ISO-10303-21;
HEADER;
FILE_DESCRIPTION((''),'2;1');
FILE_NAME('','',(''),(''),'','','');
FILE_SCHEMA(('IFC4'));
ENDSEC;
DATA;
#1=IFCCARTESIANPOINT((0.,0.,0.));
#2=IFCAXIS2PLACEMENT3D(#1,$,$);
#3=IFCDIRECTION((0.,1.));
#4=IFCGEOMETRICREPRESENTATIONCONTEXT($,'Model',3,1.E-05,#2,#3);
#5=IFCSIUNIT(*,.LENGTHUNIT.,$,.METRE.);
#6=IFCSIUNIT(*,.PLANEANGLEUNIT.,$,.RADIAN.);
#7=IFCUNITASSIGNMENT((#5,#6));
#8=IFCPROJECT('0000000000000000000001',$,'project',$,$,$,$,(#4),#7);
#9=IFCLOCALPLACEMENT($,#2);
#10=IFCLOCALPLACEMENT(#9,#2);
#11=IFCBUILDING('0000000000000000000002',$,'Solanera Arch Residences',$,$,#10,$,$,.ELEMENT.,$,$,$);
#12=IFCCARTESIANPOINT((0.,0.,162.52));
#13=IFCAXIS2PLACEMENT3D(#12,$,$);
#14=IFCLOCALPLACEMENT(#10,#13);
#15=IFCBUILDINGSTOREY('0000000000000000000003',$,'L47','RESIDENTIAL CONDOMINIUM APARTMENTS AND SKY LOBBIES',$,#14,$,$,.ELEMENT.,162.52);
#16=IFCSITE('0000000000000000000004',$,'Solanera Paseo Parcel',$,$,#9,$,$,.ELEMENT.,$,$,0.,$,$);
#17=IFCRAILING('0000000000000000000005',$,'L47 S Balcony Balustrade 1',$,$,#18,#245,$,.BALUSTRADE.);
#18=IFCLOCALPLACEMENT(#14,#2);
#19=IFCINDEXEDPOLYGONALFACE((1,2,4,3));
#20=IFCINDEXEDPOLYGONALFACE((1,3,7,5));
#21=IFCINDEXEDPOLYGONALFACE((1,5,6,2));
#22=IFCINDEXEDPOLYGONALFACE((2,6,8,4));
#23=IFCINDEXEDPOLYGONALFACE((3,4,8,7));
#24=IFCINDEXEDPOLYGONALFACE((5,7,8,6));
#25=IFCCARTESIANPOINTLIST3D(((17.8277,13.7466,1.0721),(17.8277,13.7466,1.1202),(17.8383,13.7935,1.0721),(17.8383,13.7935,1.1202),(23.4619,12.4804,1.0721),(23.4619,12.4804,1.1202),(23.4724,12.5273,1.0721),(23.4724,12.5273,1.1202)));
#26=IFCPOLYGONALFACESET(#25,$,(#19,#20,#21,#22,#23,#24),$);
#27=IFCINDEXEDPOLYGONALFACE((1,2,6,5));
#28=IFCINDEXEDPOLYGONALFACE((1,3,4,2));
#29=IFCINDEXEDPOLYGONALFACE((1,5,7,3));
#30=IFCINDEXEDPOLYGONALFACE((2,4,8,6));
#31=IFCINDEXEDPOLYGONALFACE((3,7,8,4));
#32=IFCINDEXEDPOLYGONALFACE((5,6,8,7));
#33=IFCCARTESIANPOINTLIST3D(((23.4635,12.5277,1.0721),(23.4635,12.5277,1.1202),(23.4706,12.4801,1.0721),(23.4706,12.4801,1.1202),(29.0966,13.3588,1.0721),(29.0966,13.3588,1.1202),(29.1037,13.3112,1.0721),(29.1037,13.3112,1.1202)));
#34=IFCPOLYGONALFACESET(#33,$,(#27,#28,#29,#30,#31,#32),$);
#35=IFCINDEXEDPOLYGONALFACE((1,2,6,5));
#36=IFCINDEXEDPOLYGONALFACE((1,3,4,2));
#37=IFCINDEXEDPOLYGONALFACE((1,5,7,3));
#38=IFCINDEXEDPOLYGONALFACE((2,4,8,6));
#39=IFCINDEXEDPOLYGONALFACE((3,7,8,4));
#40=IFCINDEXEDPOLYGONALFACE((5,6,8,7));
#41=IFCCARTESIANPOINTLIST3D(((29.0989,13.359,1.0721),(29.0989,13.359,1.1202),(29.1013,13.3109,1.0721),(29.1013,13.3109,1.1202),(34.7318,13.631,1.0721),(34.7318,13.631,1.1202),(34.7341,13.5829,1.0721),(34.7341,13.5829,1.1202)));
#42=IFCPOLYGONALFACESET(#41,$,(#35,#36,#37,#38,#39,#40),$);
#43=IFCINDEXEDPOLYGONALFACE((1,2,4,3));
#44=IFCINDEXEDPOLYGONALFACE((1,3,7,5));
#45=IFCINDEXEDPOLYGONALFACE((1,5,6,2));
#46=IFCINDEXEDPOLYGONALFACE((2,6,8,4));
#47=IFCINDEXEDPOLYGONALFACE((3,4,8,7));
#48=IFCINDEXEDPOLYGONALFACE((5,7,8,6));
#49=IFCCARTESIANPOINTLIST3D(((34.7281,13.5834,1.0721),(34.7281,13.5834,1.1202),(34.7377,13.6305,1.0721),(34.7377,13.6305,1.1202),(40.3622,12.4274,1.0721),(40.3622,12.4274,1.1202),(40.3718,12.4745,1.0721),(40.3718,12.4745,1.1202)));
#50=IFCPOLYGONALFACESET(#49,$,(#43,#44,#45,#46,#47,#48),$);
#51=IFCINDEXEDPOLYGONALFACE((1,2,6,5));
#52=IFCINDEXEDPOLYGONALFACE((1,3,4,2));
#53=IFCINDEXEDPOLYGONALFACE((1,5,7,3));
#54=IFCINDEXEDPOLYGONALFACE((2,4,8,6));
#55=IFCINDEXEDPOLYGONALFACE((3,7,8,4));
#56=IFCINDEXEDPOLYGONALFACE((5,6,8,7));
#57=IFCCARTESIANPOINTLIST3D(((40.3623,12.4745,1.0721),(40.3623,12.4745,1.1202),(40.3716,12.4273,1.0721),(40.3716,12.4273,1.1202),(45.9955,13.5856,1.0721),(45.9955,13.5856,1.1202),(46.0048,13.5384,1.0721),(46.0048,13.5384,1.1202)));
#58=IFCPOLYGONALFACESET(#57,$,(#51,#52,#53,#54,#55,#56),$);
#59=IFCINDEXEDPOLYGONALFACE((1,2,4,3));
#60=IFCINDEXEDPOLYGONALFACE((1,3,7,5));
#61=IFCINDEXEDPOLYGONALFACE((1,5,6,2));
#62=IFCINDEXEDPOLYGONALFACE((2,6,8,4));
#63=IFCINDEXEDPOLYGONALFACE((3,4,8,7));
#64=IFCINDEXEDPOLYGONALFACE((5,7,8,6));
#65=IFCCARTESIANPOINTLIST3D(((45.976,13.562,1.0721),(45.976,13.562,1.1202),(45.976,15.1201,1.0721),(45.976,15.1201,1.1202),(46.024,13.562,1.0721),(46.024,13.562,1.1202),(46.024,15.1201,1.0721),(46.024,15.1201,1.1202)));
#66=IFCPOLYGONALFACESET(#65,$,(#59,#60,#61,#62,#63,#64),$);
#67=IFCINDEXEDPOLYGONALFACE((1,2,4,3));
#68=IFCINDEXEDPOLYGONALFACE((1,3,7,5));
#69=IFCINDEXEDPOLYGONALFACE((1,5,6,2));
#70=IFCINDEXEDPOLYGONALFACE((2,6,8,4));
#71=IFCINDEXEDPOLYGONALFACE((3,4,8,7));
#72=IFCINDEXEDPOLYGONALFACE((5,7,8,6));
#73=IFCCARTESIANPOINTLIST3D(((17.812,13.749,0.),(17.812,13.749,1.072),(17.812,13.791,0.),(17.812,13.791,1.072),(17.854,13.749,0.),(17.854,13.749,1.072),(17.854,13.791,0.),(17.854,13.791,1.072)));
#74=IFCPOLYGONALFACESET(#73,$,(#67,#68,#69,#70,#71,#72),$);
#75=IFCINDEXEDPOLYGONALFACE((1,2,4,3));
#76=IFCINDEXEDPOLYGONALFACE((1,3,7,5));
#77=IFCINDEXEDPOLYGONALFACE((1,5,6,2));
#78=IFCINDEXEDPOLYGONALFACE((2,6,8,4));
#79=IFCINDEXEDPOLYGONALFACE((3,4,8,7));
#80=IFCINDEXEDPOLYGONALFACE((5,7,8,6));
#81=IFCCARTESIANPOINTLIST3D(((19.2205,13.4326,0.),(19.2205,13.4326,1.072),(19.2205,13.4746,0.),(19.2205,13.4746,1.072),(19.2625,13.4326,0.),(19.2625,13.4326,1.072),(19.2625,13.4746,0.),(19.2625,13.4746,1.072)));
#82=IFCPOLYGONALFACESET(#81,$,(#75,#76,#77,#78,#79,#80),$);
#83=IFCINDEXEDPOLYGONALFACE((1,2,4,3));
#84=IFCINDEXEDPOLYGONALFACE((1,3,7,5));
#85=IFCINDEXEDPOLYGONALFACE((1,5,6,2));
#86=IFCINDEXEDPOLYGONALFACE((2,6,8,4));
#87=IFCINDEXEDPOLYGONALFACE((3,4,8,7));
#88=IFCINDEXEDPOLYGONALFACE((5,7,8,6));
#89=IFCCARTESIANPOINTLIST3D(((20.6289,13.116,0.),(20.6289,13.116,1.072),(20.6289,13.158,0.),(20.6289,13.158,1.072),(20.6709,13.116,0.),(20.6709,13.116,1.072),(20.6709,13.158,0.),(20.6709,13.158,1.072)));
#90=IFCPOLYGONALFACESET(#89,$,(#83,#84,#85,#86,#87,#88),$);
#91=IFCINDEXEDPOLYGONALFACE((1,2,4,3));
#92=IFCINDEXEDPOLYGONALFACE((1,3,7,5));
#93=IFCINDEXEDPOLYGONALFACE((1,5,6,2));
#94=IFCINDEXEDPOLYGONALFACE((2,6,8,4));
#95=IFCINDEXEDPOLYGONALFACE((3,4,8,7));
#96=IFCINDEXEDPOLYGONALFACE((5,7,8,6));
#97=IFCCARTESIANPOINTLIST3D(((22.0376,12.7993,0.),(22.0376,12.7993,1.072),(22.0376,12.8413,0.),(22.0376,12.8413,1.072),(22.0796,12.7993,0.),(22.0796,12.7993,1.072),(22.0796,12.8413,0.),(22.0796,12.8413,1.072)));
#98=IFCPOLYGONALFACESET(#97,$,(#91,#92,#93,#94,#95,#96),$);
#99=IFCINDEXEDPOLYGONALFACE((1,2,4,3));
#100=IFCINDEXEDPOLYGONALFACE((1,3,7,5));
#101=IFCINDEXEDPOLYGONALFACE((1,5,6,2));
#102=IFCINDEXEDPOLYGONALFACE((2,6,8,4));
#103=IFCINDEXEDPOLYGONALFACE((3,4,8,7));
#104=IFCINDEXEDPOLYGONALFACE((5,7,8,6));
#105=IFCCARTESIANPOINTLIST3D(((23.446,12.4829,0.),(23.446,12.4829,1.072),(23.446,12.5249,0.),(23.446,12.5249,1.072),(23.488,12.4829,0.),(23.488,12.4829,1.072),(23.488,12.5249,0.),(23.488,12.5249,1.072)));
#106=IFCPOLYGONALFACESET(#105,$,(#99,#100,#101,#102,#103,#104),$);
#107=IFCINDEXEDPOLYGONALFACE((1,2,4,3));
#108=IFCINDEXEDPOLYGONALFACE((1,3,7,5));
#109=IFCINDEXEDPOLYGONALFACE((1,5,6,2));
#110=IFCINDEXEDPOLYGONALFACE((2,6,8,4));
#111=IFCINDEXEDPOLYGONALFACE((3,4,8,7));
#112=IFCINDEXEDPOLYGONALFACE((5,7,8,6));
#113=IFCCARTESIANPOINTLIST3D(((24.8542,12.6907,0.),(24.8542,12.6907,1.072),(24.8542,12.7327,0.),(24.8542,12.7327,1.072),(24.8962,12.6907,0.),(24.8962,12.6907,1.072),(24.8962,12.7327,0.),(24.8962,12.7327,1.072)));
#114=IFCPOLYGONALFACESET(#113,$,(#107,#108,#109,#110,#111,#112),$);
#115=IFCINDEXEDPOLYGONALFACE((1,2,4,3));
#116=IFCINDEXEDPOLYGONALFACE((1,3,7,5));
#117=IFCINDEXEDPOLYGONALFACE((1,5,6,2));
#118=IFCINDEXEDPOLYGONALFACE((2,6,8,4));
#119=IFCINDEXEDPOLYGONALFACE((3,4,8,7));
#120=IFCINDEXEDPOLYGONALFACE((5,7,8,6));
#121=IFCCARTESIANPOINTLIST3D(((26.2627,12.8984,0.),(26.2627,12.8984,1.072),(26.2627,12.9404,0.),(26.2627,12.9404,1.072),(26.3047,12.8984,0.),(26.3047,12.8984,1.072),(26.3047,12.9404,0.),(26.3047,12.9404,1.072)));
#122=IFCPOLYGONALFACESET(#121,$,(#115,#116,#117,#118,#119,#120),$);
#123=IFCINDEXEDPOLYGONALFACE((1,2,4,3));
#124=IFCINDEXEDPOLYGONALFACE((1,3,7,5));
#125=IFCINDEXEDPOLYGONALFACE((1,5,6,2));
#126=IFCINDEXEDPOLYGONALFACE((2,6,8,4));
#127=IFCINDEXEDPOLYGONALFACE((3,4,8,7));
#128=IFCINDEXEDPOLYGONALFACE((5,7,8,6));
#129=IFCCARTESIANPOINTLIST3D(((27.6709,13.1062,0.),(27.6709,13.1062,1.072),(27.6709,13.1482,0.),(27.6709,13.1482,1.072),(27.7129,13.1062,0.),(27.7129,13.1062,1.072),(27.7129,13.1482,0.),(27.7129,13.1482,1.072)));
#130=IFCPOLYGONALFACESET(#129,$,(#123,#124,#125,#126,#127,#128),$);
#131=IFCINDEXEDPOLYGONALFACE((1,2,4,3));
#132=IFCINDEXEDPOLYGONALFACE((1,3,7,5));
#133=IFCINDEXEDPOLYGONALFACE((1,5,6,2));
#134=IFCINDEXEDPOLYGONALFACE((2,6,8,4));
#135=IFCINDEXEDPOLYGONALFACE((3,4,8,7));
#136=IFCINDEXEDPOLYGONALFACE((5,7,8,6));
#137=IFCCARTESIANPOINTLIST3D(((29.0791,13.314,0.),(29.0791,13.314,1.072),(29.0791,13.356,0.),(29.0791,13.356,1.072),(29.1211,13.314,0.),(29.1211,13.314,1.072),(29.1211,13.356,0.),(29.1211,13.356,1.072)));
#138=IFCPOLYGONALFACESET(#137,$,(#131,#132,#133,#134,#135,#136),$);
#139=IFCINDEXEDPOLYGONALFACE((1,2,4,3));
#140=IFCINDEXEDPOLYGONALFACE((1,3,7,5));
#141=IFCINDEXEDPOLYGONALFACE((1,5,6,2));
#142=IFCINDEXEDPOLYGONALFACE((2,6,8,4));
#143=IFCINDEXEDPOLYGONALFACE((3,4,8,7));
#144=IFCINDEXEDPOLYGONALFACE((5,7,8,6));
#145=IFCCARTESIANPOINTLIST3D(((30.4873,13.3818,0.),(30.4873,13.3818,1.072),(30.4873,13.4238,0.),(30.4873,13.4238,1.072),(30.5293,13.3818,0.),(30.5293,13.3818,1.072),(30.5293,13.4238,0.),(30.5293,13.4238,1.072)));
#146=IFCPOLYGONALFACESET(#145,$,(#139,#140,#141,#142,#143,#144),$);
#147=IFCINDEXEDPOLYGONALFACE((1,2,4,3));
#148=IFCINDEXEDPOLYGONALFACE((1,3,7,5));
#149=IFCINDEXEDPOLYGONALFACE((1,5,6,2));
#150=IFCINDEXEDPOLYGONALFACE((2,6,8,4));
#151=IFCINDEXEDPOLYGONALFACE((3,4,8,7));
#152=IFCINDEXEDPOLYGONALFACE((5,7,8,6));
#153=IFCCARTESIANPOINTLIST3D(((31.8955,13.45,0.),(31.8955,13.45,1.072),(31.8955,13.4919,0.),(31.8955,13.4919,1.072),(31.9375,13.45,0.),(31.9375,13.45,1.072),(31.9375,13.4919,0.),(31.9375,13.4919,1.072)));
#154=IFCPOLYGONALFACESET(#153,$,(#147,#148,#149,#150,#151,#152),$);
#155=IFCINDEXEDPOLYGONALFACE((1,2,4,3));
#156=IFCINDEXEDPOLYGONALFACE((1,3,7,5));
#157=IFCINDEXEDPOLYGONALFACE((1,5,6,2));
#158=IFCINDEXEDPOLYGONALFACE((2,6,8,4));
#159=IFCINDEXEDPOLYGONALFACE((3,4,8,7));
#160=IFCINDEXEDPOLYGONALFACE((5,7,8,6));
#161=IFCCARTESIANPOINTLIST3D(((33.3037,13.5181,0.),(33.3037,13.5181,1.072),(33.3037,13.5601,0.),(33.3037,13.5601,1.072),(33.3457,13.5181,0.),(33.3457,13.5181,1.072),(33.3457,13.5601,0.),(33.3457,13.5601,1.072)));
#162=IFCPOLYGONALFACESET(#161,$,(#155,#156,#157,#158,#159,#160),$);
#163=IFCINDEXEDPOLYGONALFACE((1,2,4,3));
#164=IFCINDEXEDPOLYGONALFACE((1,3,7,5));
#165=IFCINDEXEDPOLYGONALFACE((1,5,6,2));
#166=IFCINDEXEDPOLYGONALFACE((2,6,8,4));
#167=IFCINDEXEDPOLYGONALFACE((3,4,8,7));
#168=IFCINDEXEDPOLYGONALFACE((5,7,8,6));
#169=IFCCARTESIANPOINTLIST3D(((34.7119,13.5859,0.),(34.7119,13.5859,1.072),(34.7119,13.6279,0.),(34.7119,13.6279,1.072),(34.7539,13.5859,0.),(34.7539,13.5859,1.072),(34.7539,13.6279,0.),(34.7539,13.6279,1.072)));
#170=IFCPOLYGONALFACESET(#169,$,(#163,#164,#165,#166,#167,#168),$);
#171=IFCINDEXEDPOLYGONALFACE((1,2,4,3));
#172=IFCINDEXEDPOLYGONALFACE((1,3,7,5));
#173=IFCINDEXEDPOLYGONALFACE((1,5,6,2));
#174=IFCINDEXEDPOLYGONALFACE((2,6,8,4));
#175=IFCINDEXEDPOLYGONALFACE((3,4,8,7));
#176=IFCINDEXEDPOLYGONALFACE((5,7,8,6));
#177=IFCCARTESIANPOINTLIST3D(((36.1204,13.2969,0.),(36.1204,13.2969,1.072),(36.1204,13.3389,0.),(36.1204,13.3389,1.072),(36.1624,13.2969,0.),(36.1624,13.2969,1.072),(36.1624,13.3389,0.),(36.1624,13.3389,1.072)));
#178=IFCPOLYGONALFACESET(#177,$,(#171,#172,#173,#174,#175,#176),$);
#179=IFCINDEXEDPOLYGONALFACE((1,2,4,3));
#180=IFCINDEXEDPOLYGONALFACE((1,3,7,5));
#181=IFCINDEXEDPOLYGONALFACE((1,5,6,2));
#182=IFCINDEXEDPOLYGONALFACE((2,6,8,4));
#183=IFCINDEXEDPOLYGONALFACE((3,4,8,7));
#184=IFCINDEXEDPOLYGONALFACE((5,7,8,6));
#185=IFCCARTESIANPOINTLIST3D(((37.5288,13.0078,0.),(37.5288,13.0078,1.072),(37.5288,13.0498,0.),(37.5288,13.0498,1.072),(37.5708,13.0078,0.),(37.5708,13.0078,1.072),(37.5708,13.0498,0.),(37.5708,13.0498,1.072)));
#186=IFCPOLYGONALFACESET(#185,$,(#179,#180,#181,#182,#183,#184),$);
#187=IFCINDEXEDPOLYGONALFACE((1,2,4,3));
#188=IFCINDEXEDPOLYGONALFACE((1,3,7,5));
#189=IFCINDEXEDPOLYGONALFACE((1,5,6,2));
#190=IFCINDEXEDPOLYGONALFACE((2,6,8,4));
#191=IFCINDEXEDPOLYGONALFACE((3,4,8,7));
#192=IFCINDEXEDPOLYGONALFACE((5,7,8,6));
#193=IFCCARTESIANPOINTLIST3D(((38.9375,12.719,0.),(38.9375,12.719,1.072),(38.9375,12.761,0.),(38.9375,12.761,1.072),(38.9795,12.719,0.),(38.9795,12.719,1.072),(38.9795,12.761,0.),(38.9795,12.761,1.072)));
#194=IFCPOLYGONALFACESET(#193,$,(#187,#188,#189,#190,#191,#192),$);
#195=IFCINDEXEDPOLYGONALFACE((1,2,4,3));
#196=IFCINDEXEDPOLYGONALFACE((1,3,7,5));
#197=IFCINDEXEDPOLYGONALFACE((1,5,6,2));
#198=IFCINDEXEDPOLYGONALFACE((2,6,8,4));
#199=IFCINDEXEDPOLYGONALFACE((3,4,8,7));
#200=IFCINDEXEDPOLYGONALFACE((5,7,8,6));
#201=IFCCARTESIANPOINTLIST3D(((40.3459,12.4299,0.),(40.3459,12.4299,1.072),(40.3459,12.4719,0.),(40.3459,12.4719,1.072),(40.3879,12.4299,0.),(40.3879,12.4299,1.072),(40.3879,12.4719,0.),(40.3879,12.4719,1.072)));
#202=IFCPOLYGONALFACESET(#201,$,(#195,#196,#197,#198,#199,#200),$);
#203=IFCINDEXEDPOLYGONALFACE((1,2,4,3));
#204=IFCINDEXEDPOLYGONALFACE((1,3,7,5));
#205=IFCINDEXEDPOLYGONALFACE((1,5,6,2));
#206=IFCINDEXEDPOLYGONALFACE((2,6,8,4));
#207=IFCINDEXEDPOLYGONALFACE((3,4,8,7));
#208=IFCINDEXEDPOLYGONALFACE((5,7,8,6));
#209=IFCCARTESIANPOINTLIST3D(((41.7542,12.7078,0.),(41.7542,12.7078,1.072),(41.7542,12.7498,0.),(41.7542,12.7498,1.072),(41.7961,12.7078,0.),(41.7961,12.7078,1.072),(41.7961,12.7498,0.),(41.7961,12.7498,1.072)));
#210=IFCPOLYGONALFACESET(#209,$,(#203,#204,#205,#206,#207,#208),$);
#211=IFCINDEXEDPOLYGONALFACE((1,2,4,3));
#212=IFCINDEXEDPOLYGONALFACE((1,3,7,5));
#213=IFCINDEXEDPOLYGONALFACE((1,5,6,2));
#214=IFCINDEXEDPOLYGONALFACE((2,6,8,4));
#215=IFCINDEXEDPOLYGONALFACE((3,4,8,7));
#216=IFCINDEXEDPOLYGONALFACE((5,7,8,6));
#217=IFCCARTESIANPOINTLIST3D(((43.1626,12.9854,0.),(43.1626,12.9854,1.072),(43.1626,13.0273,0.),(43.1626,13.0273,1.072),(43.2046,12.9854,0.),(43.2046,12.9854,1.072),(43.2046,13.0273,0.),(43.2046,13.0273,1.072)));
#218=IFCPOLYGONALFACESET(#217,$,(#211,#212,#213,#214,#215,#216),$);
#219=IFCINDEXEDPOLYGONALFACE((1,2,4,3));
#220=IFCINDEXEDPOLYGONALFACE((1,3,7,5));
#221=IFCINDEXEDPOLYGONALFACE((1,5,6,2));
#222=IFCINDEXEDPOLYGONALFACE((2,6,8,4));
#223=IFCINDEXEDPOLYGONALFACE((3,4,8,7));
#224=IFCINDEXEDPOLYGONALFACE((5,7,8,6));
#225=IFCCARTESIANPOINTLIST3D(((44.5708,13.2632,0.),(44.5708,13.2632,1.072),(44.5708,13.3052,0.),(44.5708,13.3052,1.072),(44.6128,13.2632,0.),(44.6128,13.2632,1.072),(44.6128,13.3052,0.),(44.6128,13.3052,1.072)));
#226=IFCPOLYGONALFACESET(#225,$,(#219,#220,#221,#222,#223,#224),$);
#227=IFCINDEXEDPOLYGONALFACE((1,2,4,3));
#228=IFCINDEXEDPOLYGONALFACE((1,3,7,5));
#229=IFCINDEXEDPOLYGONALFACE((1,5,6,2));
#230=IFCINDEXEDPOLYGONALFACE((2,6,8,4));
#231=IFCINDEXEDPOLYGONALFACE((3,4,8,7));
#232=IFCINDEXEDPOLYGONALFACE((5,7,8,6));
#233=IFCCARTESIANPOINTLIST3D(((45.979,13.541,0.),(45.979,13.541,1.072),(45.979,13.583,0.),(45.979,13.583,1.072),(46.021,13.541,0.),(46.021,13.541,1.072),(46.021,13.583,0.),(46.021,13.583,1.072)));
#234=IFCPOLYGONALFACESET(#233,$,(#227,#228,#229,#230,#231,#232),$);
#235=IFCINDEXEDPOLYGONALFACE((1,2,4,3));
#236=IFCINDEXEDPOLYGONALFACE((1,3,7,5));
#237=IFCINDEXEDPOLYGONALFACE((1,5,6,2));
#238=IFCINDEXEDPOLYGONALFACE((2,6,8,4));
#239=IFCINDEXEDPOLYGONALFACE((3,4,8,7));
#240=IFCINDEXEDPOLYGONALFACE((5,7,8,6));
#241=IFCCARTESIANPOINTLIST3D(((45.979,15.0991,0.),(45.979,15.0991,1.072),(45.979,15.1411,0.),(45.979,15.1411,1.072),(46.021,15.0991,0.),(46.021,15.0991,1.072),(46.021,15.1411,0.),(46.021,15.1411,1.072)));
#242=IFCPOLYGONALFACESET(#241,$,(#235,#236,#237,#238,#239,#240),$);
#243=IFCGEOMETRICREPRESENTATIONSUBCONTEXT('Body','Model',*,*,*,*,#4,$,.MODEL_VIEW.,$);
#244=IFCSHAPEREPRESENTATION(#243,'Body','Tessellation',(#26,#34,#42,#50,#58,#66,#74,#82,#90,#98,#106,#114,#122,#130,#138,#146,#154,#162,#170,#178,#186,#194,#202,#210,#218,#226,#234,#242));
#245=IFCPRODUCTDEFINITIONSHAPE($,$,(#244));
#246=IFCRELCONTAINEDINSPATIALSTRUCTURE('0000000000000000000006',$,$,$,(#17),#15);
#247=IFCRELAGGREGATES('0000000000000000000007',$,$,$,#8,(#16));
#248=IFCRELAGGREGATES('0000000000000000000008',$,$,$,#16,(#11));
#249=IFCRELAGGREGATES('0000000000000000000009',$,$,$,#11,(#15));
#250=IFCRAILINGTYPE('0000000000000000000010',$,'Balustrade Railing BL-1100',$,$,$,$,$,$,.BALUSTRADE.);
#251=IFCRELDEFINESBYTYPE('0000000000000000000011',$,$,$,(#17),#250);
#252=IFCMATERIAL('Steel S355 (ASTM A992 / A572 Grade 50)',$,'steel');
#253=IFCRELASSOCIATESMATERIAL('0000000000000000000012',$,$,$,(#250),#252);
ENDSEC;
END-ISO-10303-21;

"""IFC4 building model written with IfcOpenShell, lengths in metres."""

from ifc_helpers import new_model, si_unit, direction, frame, origin, origin_2d, place, context, subcontext, project, spatial, rectangle, extrude, material, type_object, element, save


model = new_model("IFC4")

# Units and contexts
model_context = context("Model", 3, precision=1e-05, world=origin(), true_north=direction((0.0, 1.0)))
body_context = subcontext(model_context, "Body", "Model", "MODEL_VIEW")
ifc_project = project(units=[si_unit("LENGTHUNIT", "METRE"), si_unit("PLANEANGLEUNIT", "RADIAN")], contexts=[model_context])

# Site, building, storey
site_placement = place(None, origin())
site = spatial("IfcSite", under=ifc_project, at=site_placement, Name="Solanera Paseo Parcel", CompositionType="ELEMENT", RefElevation=0.0)
building_placement = place(site_placement, origin())
building = spatial("IfcBuilding", under=site, at=building_placement, Name="Solanera Arch Residences", CompositionType="ELEMENT")
storey_placement = place(building_placement, frame((0.0, 0.0, 162.52)))
storey = spatial("IfcBuildingStorey", under=building, at=storey_placement, Name="L47", Description="RESIDENTIAL CONDOMINIUM APARTMENTS AND SKY LOBBIES", CompositionType="ELEMENT", Elevation=162.52)

# Railing
ifc_material_1 = material(Name="Steel S355 (ASTM A992 / A572 Grade 50)", Category="steel")
railing_type = type_object("IfcRailingType", Name="Balustrade Railing BL-1100", PredefinedType="BALUSTRADE", material=ifc_material_1)
railing_placement = place(storey_placement, frame((17.833, 13.77, 0.0)))
element("IfcRailing", 1, at=railing_placement, inside=storey, type_object=railing_type, Name="L47 S Balcony Balustrade 1", PredefinedType="BALUSTRADE", context=body_context, shape_type="SweptSolid", body=[
    extrude(rectangle(XDim=0.0481, YDim=0.0481, at=origin_2d()), frame((0.0, 0.0, 1.0962), z_axis=(0.975667, -0.219258, 0.0), x_axis=(0.219258, 0.975667, 0.0)), (0.0, 0.0, 1.0), 5.7747),
    extrude(rectangle(XDim=0.0481, YDim=0.0481, at=origin_2d()), frame((5.634, -1.2661, 1.0962), z_axis=(0.989292, 0.145952, 0.0), x_axis=(-0.145952, 0.989292, 0.0)), (0.0, 0.0, 1.0), 5.6941),
    extrude(rectangle(XDim=0.0481, YDim=0.0481, at=origin_2d()), frame((11.2671, -0.4351, 1.0962), z_axis=(0.998836, 0.048227, 0.0), x_axis=(-0.048227, 0.998836, 0.0)), (0.0, 0.0, 1.0), 5.6394),
    extrude(rectangle(XDim=0.0481, YDim=0.0481, at=origin_2d()), frame((16.8999, -0.1631, 1.0962), z_axis=(0.979592, -0.200995, 0.0), x_axis=(0.200995, 0.979592, 0.0)), (0.0, 0.0, 1.0), 5.7515),
    extrude(rectangle(XDim=0.0481, YDim=0.0481, at=origin_2d()), frame((22.5339, -1.3191, 1.0962), z_axis=(0.981097, 0.193515, 0.0), x_axis=(-0.193515, 0.981097, 0.0)), (0.0, 0.0, 1.0), 5.7417),
    extrude(rectangle(XDim=0.0481, YDim=0.0481, at=origin_2d()), frame((28.167, -0.208, 1.0962), z_axis=(0.0, 1.0, 0.0), x_axis=(-1.0, 0.0, 0.0)), (0.0, 0.0, 1.0), 1.5581),
    extrude(rectangle(XDim=0.042, YDim=0.042, at=origin_2d()), origin(), (0.0, 0.0, 1.0), 1.072),
    extrude(rectangle(XDim=0.042, YDim=0.042, at=origin_2d()), frame((1.4084, -0.3164, 0.0)), (0.0, 0.0, 1.0), 1.072),
    extrude(rectangle(XDim=0.042, YDim=0.042, at=origin_2d()), frame((2.8169, -0.6331, 0.0)), (0.0, 0.0, 1.0), 1.072),
    extrude(rectangle(XDim=0.042, YDim=0.042, at=origin_2d()), frame((4.2256, -0.9497, 0.0)), (0.0, 0.0, 1.0), 1.072),
    extrude(rectangle(XDim=0.042, YDim=0.042, at=origin_2d()), frame((5.634, -1.2661, 0.0)), (0.0, 0.0, 1.0), 1.072),
    extrude(rectangle(XDim=0.042, YDim=0.042, at=origin_2d()), frame((7.0422, -1.0583, 0.0)), (0.0, 0.0, 1.0), 1.072),
    extrude(rectangle(XDim=0.042, YDim=0.042, at=origin_2d()), frame((8.4507, -0.8506, 0.0)), (0.0, 0.0, 1.0), 1.072),
    extrude(rectangle(XDim=0.042, YDim=0.042, at=origin_2d()), frame((9.8589, -0.6428, 0.0)), (0.0, 0.0, 1.0), 1.072),
    extrude(rectangle(XDim=0.042, YDim=0.042, at=origin_2d()), frame((11.2671, -0.4351, 0.0)), (0.0, 0.0, 1.0), 1.072),
    extrude(rectangle(XDim=0.042, YDim=0.042, at=origin_2d()), frame((12.6753, -0.3672, 0.0)), (0.0, 0.0, 1.0), 1.072),
    extrude(rectangle(XDim=0.042, YDim=0.042, at=origin_2d()), frame((14.0835, -0.2991, 0.0)), (0.0, 0.0, 1.0), 1.072),
    extrude(rectangle(XDim=0.042, YDim=0.042, at=origin_2d()), frame((15.4917, -0.231, 0.0)), (0.0, 0.0, 1.0), 1.072),
    extrude(rectangle(XDim=0.042, YDim=0.042, at=origin_2d()), frame((16.8999, -0.1631, 0.0)), (0.0, 0.0, 1.0), 1.072),
    extrude(rectangle(XDim=0.042, YDim=0.042, at=origin_2d()), frame((18.3083, -0.4521, 0.0)), (0.0, 0.0, 1.0), 1.072),
    extrude(rectangle(XDim=0.042, YDim=0.042, at=origin_2d()), frame((19.7168, -0.7412, 0.0)), (0.0, 0.0, 1.0), 1.072),
    extrude(rectangle(XDim=0.042, YDim=0.042, at=origin_2d()), frame((21.1255, -1.03, 0.0)), (0.0, 0.0, 1.0), 1.072),
    extrude(rectangle(XDim=0.042, YDim=0.042, at=origin_2d()), frame((22.5339, -1.3191, 0.0)), (0.0, 0.0, 1.0), 1.072),
    extrude(rectangle(XDim=0.042, YDim=0.042, at=origin_2d()), frame((23.9421, -1.0413, 0.0)), (0.0, 0.0, 1.0), 1.072),
    extrude(rectangle(XDim=0.042, YDim=0.042, at=origin_2d()), frame((25.3506, -0.7637, 0.0)), (0.0, 0.0, 1.0), 1.072),
    extrude(rectangle(XDim=0.042, YDim=0.042, at=origin_2d()), frame((26.7588, -0.4858, 0.0)), (0.0, 0.0, 1.0), 1.072),
    extrude(rectangle(XDim=0.042, YDim=0.042, at=origin_2d()), frame((28.167, -0.208, 0.0)), (0.0, 0.0, 1.0), 1.072),
    extrude(rectangle(XDim=0.042, YDim=0.042, at=origin_2d()), frame((28.167, 1.3501, 0.0)), (0.0, 0.0, 1.0), 1.072),
])

save(model, "model.ifc")
